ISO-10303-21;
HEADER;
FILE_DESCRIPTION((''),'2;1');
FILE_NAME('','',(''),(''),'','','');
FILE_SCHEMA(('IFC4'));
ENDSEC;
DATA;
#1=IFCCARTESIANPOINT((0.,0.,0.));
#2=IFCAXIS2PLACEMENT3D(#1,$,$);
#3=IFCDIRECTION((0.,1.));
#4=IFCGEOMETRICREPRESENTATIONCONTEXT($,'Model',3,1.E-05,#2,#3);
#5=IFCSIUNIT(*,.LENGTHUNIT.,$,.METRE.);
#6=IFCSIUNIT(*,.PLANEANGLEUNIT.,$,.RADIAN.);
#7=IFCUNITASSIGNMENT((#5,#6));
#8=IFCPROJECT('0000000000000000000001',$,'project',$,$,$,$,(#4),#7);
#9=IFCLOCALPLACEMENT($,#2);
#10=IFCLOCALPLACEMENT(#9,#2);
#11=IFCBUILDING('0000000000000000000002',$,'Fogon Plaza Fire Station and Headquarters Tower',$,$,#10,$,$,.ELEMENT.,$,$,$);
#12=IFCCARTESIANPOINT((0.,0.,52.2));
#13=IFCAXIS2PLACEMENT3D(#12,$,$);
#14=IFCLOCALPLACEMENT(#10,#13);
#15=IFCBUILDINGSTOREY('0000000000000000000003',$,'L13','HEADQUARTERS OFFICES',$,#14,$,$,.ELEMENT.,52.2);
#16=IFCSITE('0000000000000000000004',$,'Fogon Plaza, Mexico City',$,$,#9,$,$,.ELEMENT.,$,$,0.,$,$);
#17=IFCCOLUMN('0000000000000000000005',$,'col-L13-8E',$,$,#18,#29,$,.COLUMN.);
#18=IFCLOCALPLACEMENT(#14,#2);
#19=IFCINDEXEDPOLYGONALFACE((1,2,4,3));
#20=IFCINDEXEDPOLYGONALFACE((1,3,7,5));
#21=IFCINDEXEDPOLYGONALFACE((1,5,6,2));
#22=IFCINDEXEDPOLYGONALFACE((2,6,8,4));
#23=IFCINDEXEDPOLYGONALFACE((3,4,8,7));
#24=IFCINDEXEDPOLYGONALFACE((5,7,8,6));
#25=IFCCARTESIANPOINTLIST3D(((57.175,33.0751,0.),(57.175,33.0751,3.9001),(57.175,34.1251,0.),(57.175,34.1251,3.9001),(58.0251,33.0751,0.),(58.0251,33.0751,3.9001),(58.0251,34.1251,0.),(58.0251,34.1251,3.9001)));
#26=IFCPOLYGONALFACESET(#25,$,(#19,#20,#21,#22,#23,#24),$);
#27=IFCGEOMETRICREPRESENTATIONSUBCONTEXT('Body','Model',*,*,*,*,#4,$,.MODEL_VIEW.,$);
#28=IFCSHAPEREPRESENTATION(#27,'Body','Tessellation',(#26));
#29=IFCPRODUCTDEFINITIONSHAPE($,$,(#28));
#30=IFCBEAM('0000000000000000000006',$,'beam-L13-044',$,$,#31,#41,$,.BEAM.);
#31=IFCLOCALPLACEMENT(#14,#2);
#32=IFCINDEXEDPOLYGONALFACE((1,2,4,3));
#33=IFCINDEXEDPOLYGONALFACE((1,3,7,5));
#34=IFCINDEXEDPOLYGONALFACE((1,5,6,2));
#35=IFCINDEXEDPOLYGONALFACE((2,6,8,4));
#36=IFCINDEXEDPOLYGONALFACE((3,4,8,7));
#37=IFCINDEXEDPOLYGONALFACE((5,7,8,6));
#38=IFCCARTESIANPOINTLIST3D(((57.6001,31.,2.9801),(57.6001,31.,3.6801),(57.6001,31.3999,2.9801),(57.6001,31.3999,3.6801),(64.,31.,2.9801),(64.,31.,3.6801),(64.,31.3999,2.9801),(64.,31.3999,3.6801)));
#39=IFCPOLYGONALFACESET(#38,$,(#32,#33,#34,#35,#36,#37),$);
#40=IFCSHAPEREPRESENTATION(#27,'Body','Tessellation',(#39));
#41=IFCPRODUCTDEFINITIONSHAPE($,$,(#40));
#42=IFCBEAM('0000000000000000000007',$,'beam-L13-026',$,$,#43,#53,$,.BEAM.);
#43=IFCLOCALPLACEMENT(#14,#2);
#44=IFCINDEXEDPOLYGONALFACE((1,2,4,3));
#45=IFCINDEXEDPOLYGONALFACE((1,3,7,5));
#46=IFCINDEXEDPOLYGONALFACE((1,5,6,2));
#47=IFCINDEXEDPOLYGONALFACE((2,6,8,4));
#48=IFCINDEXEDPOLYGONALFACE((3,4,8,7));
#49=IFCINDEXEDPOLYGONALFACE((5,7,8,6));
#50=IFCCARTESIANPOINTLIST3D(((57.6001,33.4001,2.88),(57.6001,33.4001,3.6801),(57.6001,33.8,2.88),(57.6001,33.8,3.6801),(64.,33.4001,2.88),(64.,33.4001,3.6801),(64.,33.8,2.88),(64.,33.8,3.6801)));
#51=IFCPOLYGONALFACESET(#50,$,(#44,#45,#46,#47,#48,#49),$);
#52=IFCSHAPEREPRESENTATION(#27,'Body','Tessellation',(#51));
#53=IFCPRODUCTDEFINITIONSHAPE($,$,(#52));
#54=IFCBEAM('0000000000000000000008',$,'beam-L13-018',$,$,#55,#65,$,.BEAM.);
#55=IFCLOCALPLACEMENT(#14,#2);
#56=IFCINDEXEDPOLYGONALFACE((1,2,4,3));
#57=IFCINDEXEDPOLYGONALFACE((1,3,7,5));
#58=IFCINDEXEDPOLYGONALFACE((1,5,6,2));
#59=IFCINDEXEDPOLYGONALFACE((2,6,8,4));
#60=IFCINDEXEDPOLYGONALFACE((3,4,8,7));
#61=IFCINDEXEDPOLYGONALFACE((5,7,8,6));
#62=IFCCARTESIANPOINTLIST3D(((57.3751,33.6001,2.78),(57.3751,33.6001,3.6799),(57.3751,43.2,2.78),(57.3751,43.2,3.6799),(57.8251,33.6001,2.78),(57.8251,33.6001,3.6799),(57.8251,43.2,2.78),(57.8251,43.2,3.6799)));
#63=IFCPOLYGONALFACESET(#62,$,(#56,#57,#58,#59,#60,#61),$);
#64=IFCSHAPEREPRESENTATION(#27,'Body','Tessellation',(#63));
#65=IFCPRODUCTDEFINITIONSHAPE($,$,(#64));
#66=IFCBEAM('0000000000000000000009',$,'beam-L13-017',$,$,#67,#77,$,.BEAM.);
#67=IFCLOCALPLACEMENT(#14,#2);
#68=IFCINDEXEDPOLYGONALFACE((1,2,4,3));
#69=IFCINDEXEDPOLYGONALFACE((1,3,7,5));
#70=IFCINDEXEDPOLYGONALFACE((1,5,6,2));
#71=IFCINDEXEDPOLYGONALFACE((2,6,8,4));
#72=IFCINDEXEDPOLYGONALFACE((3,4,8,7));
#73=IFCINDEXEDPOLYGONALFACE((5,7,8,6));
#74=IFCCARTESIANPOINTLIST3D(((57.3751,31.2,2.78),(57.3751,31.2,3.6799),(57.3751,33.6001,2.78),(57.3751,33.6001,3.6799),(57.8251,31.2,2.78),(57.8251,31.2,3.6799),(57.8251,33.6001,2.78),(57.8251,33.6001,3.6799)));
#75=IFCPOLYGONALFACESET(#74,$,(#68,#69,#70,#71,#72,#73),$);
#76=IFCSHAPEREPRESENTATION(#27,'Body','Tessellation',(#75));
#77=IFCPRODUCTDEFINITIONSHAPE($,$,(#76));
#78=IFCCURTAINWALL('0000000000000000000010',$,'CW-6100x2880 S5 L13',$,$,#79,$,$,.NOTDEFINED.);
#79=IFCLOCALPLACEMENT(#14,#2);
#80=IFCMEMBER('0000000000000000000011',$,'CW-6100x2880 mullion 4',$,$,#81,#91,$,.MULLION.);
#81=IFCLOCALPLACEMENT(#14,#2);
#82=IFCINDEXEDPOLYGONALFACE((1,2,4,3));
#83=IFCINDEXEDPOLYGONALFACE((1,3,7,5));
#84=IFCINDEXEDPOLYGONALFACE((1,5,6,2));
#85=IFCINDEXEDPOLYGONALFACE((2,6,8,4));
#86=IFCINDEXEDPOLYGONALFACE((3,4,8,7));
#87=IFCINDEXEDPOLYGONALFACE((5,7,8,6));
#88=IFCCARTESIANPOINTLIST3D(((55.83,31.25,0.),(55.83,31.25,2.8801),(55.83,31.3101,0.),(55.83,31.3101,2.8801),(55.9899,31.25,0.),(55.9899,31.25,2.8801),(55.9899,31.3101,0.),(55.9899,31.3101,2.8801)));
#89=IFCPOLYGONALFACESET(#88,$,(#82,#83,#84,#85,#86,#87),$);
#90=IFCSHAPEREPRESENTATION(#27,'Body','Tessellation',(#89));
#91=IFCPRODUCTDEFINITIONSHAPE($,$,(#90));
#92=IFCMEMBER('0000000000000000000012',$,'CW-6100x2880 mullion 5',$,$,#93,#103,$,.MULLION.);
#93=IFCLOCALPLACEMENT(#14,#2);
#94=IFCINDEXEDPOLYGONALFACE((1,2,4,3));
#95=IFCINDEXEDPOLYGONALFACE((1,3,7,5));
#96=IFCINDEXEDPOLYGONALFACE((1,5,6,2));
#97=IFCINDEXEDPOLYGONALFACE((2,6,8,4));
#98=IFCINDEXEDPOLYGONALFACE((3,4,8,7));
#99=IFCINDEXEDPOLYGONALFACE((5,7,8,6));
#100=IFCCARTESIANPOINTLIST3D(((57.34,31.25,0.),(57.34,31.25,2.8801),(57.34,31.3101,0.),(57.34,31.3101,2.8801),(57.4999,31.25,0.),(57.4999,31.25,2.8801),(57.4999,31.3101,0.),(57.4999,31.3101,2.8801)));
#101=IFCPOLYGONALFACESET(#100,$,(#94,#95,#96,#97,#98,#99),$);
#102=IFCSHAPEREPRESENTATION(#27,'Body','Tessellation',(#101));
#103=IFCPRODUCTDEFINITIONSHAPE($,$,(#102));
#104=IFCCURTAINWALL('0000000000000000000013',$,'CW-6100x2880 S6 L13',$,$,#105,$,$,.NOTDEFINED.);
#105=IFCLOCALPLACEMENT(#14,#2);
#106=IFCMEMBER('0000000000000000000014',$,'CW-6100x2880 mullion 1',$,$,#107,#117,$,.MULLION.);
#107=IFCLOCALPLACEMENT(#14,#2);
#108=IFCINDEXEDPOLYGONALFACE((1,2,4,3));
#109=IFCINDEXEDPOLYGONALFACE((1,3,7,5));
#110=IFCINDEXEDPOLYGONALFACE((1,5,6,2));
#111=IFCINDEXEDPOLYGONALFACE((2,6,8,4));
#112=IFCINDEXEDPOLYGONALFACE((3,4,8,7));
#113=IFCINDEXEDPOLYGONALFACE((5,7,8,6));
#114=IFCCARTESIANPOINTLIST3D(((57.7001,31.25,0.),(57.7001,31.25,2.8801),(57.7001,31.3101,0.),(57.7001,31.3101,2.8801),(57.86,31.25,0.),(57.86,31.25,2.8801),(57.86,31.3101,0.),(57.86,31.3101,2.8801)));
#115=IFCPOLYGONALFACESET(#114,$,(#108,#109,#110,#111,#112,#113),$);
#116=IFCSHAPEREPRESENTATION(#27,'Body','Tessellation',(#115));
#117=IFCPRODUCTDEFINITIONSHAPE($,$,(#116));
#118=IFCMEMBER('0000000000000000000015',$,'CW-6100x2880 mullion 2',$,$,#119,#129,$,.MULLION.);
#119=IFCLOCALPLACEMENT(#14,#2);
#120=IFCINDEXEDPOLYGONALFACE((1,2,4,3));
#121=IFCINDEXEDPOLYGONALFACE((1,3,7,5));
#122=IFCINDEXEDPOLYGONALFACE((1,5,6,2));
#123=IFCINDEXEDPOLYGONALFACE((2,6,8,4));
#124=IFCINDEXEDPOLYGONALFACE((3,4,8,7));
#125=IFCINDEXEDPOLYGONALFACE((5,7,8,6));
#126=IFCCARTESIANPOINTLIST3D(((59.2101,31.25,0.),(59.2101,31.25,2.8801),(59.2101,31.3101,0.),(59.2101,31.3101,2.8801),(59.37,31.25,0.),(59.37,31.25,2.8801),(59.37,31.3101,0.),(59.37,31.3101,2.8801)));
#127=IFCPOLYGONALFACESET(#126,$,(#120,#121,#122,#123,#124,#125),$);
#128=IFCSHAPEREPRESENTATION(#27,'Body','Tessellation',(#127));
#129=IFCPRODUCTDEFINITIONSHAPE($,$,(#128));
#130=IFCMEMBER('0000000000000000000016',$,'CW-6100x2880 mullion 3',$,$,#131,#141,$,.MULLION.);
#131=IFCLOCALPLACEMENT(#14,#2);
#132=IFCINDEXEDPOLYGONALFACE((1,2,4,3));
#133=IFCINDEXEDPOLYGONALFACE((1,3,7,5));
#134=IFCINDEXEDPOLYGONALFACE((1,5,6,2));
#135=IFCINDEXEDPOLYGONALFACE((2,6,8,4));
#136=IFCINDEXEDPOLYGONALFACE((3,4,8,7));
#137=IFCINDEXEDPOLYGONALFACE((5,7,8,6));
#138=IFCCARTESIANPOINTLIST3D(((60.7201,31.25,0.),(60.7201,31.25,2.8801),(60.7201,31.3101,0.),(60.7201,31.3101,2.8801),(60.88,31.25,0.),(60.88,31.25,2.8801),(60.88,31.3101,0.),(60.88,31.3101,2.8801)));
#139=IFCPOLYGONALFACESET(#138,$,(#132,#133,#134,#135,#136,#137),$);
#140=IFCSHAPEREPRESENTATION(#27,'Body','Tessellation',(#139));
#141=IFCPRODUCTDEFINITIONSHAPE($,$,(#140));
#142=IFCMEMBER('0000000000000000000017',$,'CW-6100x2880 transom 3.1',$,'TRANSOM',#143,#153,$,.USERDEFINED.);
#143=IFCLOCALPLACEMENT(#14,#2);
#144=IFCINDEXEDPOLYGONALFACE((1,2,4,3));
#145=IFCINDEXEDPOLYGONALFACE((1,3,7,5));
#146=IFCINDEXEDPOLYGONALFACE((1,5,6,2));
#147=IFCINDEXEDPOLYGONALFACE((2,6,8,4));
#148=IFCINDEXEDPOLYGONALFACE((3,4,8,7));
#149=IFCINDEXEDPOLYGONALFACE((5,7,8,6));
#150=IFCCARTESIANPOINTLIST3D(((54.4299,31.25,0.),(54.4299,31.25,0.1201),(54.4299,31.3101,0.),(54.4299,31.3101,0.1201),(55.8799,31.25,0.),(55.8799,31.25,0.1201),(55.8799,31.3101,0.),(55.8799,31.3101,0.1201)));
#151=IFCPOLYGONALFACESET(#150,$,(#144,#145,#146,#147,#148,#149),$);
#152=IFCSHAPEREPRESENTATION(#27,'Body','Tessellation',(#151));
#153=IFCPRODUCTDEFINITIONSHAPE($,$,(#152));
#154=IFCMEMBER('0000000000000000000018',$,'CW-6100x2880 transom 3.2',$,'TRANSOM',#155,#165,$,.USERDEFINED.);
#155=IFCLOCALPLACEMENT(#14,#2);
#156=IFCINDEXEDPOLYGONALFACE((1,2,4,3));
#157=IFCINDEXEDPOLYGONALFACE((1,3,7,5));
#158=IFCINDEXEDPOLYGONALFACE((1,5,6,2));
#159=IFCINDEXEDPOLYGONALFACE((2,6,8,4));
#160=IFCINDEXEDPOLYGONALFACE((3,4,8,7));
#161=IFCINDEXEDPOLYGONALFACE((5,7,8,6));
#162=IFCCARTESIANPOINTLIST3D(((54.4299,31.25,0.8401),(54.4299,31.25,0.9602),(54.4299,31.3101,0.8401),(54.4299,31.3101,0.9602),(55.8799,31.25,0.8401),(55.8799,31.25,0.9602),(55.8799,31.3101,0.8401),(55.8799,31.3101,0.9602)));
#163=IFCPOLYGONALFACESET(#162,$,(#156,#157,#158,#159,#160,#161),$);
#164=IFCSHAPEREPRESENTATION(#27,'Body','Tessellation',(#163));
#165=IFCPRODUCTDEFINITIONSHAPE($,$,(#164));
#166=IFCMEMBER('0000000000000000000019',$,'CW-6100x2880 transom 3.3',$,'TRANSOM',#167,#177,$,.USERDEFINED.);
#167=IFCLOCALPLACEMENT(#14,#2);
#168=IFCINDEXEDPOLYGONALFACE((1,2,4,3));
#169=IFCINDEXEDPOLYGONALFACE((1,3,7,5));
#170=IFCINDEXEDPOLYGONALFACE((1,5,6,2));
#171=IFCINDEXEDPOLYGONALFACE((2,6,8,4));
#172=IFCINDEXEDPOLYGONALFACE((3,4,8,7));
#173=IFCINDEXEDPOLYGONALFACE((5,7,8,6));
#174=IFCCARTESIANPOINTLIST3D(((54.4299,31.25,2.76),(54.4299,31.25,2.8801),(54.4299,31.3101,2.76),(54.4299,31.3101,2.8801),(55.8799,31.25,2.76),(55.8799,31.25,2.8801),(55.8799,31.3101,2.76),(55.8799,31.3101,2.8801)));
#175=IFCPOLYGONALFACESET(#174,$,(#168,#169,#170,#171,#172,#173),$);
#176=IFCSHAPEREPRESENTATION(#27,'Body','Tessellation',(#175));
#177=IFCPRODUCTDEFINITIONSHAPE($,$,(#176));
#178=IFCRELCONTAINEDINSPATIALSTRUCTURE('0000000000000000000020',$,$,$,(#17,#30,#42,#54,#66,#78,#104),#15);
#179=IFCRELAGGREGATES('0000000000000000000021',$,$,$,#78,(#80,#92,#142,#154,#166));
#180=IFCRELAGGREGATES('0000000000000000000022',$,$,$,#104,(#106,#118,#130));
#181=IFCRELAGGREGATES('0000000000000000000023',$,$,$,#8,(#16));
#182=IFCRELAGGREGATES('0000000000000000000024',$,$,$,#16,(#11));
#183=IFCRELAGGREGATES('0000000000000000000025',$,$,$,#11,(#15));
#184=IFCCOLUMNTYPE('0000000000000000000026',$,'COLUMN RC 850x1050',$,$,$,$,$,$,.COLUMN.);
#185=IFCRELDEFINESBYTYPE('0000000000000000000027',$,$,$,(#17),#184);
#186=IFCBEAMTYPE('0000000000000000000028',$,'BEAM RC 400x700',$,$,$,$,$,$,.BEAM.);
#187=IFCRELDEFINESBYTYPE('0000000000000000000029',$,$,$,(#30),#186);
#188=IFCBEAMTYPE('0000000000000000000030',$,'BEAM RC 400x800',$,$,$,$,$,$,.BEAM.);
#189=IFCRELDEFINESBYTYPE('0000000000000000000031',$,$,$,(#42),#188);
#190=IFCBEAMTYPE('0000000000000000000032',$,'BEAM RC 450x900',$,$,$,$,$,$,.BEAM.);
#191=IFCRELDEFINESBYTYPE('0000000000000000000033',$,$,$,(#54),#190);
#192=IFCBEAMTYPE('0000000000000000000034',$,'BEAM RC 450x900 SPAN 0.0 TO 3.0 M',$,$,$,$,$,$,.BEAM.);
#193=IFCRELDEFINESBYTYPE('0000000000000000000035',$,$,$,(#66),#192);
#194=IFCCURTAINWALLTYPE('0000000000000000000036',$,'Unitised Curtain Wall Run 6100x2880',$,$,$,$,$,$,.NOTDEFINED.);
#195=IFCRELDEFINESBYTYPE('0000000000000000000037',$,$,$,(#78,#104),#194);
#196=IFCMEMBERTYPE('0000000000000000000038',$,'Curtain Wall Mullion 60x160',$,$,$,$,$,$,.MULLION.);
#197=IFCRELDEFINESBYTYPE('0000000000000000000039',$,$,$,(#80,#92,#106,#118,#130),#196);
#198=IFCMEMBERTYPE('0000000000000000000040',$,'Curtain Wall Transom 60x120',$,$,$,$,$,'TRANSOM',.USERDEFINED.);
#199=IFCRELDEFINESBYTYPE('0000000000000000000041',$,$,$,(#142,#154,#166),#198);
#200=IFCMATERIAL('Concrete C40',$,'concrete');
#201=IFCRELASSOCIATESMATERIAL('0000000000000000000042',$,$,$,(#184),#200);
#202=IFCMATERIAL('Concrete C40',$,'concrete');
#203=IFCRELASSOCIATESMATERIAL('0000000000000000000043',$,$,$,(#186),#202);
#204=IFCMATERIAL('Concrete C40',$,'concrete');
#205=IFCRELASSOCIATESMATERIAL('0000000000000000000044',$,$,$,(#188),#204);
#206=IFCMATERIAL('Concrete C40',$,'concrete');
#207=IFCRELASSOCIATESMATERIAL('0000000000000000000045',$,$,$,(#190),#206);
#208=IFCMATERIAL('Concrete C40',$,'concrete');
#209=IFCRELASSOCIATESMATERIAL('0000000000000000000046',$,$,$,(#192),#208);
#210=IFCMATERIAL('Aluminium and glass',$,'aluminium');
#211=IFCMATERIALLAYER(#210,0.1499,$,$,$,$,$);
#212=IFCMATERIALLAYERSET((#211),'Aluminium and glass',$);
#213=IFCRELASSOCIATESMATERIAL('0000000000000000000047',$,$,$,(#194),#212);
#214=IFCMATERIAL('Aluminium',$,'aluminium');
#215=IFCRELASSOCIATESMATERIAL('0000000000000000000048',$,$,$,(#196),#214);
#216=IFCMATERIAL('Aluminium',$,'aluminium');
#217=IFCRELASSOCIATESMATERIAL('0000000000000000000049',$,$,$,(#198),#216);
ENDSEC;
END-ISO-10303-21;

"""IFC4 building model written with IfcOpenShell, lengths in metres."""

from ifc_helpers import new_model, si_unit, direction, frame, origin, origin_2d, place, context, subcontext, project, spatial, rectangle, extrude, material, layer, layer_set, material_profile, profile_set, type_object, element, aggregate, save


model = new_model("IFC4")

# Units and contexts
model_context = context("Model", 3, precision=1e-05, world=origin(), true_north=direction((0.0, 1.0)))
body_context = subcontext(model_context, "Body", "Model", "MODEL_VIEW")
ifc_project = project(units=[si_unit("LENGTHUNIT", "METRE"), si_unit("PLANEANGLEUNIT", "RADIAN")], contexts=[model_context])

# Site, building, storey
site_placement = place(None, origin())
site = spatial("IfcSite", under=ifc_project, at=site_placement, Name="Fogon Plaza, Mexico City", CompositionType="ELEMENT", RefElevation=0.0)
building_placement = place(site_placement, origin())
building = spatial("IfcBuilding", under=site, at=building_placement, Name="Fogon Plaza Fire Station and Headquarters Tower", CompositionType="ELEMENT")
storey_placement = place(building_placement, frame((0.0, 0.0, 52.2)))
storey = spatial("IfcBuildingStorey", under=building, at=storey_placement, Name="L13", Description="HEADQUARTERS OFFICES", CompositionType="ELEMENT", Elevation=52.2)

# Column
ifc_material_1 = material(Name="Concrete C40", Category="concrete")
ifc_material_profile_1 = material_profile(ifc_material_1, rectangle(XDim=0.8501, YDim=1.05, at=origin_2d()), Name="RC 850x1050")
ifc_profile_set_1 = profile_set([ifc_material_profile_1], Name="Concrete C40")
column_type = type_object("IfcColumnType", Name="COLUMN RC 850x1050", PredefinedType="COLUMN", material=ifc_profile_set_1)
column_placement = place(storey_placement, frame((57.6001, 33.6001, 0.0), z_axis=(0.0, 0.0, 1.0), x_axis=(1.0, 0.0, 0.0)))
element("IfcColumn", 1, at=column_placement, inside=storey, type_object=column_type, Name="col-L13-8E", PredefinedType="COLUMN", context=body_context, shape_type="SweptSolid", body=[
    extrude(rectangle(XDim=0.8501, YDim=1.05, at=origin_2d()), origin(), (0.0, 0.0, 1.0), 3.9001),
])

# Beams
ifc_material_2 = material(Name="Concrete C40", Category="concrete")
ifc_material_profile_2 = material_profile(ifc_material_2, rectangle(XDim=0.3999, YDim=0.7, at=origin_2d()), Name="RC 400x700")
ifc_profile_set_2 = profile_set([ifc_material_profile_2], Name="Concrete C40")
beam_type_1 = type_object("IfcBeamType", Name="BEAM RC 400x700", PredefinedType="BEAM", material=ifc_profile_set_2)
beam_1_placement = place(storey_placement, frame((57.6001, 31.2, 3.3301), z_axis=(1.0, 0.0, 0.0), x_axis=(0.0, 1.0, 0.0)))
element("IfcBeam", 2, at=beam_1_placement, inside=storey, type_object=beam_type_1, Name="beam-L13-044", PredefinedType="BEAM", context=body_context, shape_type="SweptSolid", body=[
    extrude(rectangle(XDim=0.3999, YDim=0.7, at=origin_2d()), origin(), (0.0, 0.0, 1.0), 6.3999),
])
ifc_material_3 = material(Name="Concrete C40", Category="concrete")
ifc_material_profile_3 = material_profile(ifc_material_3, rectangle(XDim=0.3999, YDim=0.8, at=origin_2d()), Name="RC 400x800")
ifc_profile_set_3 = profile_set([ifc_material_profile_3], Name="Concrete C40")
beam_type_2 = type_object("IfcBeamType", Name="BEAM RC 400x800", PredefinedType="BEAM", material=ifc_profile_set_3)
beam_2_placement = place(storey_placement, frame((57.6001, 33.6001, 3.28), z_axis=(1.0, 0.0, 0.0), x_axis=(0.0, 1.0, 0.0)))
element("IfcBeam", 3, at=beam_2_placement, inside=storey, type_object=beam_type_2, Name="beam-L13-026", PredefinedType="BEAM", context=body_context, shape_type="SweptSolid", body=[
    extrude(rectangle(XDim=0.3999, YDim=0.8, at=origin_2d()), origin(), (0.0, 0.0, 1.0), 6.3999),
])
ifc_material_4 = material(Name="Concrete C40", Category="concrete")
ifc_material_profile_4 = material_profile(ifc_material_4, rectangle(XDim=0.45, YDim=0.8999, at=origin_2d()), Name="RC 450x900")
ifc_profile_set_4 = profile_set([ifc_material_profile_4], Name="Concrete C40")
beam_type_3 = type_object("IfcBeamType", Name="BEAM RC 450x900", PredefinedType="BEAM", material=ifc_profile_set_4)
beam_3_placement = place(storey_placement, frame((57.6001, 33.6001, 3.23), z_axis=(0.0, 1.0, 0.0), x_axis=(-1.0, 0.0, 0.0)))
element("IfcBeam", 4, at=beam_3_placement, inside=storey, type_object=beam_type_3, Name="beam-L13-018", PredefinedType="BEAM", context=body_context, shape_type="SweptSolid", body=[
    extrude(rectangle(XDim=0.45, YDim=0.8999, at=origin_2d()), origin(), (0.0, 0.0, 1.0), 9.5999),
])
ifc_material_5 = material(Name="Concrete C40", Category="concrete")
ifc_material_profile_5 = material_profile(ifc_material_5, rectangle(XDim=0.45, YDim=0.8999, at=origin_2d()), Name="RC 450x900")
ifc_profile_set_5 = profile_set([ifc_material_profile_5], Name="Concrete C40")
beam_type_4 = type_object("IfcBeamType", Name="BEAM RC 450x900 SPAN 0.0 TO 3.0 M", PredefinedType="BEAM", material=ifc_profile_set_5)
beam_4_placement = place(storey_placement, frame((57.6001, 31.2, 3.23), z_axis=(0.0, 1.0, 0.0), x_axis=(-1.0, 0.0, 0.0)))
element("IfcBeam", 5, at=beam_4_placement, inside=storey, type_object=beam_type_4, Name="beam-L13-017", PredefinedType="BEAM", context=body_context, shape_type="SweptSolid", body=[
    extrude(rectangle(XDim=0.45, YDim=0.8999, at=origin_2d()), origin(), (0.0, 0.0, 1.0), 2.4001),
])

# Curtain walls, members
ifc_material_6 = material(Name="Aluminium and glass", Category="aluminium")
ifc_layer_1 = layer(ifc_material_6, 0.1499)
ifc_layer_set_1 = layer_set([ifc_layer_1], Name="Aluminium and glass")
curtain_wall_type = type_object("IfcCurtainWallType", Name="Unitised Curtain Wall Run 6100x2880", PredefinedType="NOTDEFINED", material=ifc_layer_set_1)
curtain_wall_1_placement = place(storey_placement, origin())
curtain_wall_1 = element("IfcCurtainWall", 6, at=curtain_wall_1_placement, inside=storey, type_object=curtain_wall_type, Name="CW-6100x2880 S5 L13", PredefinedType="NOTDEFINED")
ifc_material_7 = material(Name="Aluminium", Category="aluminium")
ifc_material_profile_6 = material_profile(ifc_material_7, rectangle(XDim=0.0601, YDim=0.1599, at=origin_2d()), Name="Curtain Wall Mullion 60x160")
ifc_profile_set_6 = profile_set([ifc_material_profile_6], Name="Aluminium")
member_type_1 = type_object("IfcMemberType", Name="Curtain Wall Mullion 60x160", PredefinedType="MULLION", material=ifc_profile_set_6)
member_1_placement = place(storey_placement, frame((55.9099, 31.28, 0.0), z_axis=(0.0, 0.0, 1.0), x_axis=(0.0, 1.0, 0.0)))
member_1 = element("IfcMember", 7, at=member_1_placement, type_object=member_type_1, Name="CW-6100x2880 mullion 4", PredefinedType="MULLION", context=body_context, shape_type="SweptSolid", body=[
    extrude(rectangle(XDim=0.0601, YDim=0.1599, at=origin_2d()), origin(), (0.0, 0.0, 1.0), 2.8801),
])
member_2_placement = place(storey_placement, frame((57.4199, 31.28, 0.0), z_axis=(0.0, 0.0, 1.0), x_axis=(0.0, 1.0, 0.0)))
member_2 = element("IfcMember", 8, at=member_2_placement, type_object=member_type_1, Name="CW-6100x2880 mullion 5", PredefinedType="MULLION", context=body_context, shape_type="SweptSolid", body=[
    extrude(rectangle(XDim=0.0601, YDim=0.1599, at=origin_2d()), origin(), (0.0, 0.0, 1.0), 2.8801),
])
curtain_wall_2_placement = place(storey_placement, origin())
curtain_wall_2 = element("IfcCurtainWall", 9, at=curtain_wall_2_placement, inside=storey, type_object=curtain_wall_type, Name="CW-6100x2880 S6 L13", PredefinedType="NOTDEFINED")
member_3_placement = place(storey_placement, frame((57.78, 31.28, 0.0), z_axis=(0.0, 0.0, 1.0), x_axis=(0.0, 1.0, 0.0)))
member_3 = element("IfcMember", 10, at=member_3_placement, type_object=member_type_1, Name="CW-6100x2880 mullion 1", PredefinedType="MULLION", context=body_context, shape_type="SweptSolid", body=[
    extrude(rectangle(XDim=0.0601, YDim=0.1599, at=origin_2d()), origin(), (0.0, 0.0, 1.0), 2.8801),
])
member_4_placement = place(storey_placement, frame((59.29, 31.28, 0.0), z_axis=(0.0, 0.0, 1.0), x_axis=(0.0, 1.0, 0.0)))
member_4 = element("IfcMember", 11, at=member_4_placement, type_object=member_type_1, Name="CW-6100x2880 mullion 2", PredefinedType="MULLION", context=body_context, shape_type="SweptSolid", body=[
    extrude(rectangle(XDim=0.0601, YDim=0.1599, at=origin_2d()), origin(), (0.0, 0.0, 1.0), 2.8801),
])
member_5_placement = place(storey_placement, frame((60.8, 31.28, 0.0), z_axis=(0.0, 0.0, 1.0), x_axis=(0.0, 1.0, 0.0)))
member_5 = element("IfcMember", 12, at=member_5_placement, type_object=member_type_1, Name="CW-6100x2880 mullion 3", PredefinedType="MULLION", context=body_context, shape_type="SweptSolid", body=[
    extrude(rectangle(XDim=0.0601, YDim=0.1599, at=origin_2d()), origin(), (0.0, 0.0, 1.0), 2.8801),
])

# Members
ifc_material_8 = material(Name="Aluminium", Category="aluminium")
ifc_material_profile_7 = material_profile(ifc_material_8, rectangle(XDim=0.0601, YDim=0.1201, at=origin_2d()), Name="Curtain Wall Transom 60x120")
ifc_profile_set_7 = profile_set([ifc_material_profile_7], Name="Aluminium")
member_type_2 = type_object("IfcMemberType", Name="Curtain Wall Transom 60x120", ElementType="TRANSOM", PredefinedType="USERDEFINED", material=ifc_profile_set_7)
member_6_placement = place(storey_placement, frame((54.4299, 31.28, 0.0601), z_axis=(1.0, 0.0, 0.0), x_axis=(0.0, 1.0, 0.0)))
member_6 = element("IfcMember", 13, at=member_6_placement, type_object=member_type_2, Name="CW-6100x2880 transom 3.1", ObjectType="TRANSOM", PredefinedType="USERDEFINED", context=body_context, shape_type="SweptSolid", body=[
    extrude(rectangle(XDim=0.0601, YDim=0.1201, at=origin_2d()), origin(), (0.0, 0.0, 1.0), 1.45),
])
member_7_placement = place(storey_placement, frame((54.4299, 31.28, 0.9001), z_axis=(1.0, 0.0, 0.0), x_axis=(0.0, 1.0, 0.0)))
member_7 = element("IfcMember", 14, at=member_7_placement, type_object=member_type_2, Name="CW-6100x2880 transom 3.2", ObjectType="TRANSOM", PredefinedType="USERDEFINED", context=body_context, shape_type="SweptSolid", body=[
    extrude(rectangle(XDim=0.0601, YDim=0.1201, at=origin_2d()), origin(), (0.0, 0.0, 1.0), 1.45),
])
member_8_placement = place(storey_placement, frame((54.4299, 31.28, 2.8201), z_axis=(1.0, 0.0, 0.0), x_axis=(0.0, 1.0, 0.0)))
member_8 = element("IfcMember", 15, at=member_8_placement, type_object=member_type_2, Name="CW-6100x2880 transom 3.3", ObjectType="TRANSOM", PredefinedType="USERDEFINED", context=body_context, shape_type="SweptSolid", body=[
    extrude(rectangle(XDim=0.0601, YDim=0.1201, at=origin_2d()), origin(), (0.0, 0.0, 1.0), 1.45),
])

aggregate(curtain_wall_1, [member_1, member_2, member_6, member_7, member_8])
aggregate(curtain_wall_2, [member_3, member_4, member_5])

save(model, "model.ifc")
